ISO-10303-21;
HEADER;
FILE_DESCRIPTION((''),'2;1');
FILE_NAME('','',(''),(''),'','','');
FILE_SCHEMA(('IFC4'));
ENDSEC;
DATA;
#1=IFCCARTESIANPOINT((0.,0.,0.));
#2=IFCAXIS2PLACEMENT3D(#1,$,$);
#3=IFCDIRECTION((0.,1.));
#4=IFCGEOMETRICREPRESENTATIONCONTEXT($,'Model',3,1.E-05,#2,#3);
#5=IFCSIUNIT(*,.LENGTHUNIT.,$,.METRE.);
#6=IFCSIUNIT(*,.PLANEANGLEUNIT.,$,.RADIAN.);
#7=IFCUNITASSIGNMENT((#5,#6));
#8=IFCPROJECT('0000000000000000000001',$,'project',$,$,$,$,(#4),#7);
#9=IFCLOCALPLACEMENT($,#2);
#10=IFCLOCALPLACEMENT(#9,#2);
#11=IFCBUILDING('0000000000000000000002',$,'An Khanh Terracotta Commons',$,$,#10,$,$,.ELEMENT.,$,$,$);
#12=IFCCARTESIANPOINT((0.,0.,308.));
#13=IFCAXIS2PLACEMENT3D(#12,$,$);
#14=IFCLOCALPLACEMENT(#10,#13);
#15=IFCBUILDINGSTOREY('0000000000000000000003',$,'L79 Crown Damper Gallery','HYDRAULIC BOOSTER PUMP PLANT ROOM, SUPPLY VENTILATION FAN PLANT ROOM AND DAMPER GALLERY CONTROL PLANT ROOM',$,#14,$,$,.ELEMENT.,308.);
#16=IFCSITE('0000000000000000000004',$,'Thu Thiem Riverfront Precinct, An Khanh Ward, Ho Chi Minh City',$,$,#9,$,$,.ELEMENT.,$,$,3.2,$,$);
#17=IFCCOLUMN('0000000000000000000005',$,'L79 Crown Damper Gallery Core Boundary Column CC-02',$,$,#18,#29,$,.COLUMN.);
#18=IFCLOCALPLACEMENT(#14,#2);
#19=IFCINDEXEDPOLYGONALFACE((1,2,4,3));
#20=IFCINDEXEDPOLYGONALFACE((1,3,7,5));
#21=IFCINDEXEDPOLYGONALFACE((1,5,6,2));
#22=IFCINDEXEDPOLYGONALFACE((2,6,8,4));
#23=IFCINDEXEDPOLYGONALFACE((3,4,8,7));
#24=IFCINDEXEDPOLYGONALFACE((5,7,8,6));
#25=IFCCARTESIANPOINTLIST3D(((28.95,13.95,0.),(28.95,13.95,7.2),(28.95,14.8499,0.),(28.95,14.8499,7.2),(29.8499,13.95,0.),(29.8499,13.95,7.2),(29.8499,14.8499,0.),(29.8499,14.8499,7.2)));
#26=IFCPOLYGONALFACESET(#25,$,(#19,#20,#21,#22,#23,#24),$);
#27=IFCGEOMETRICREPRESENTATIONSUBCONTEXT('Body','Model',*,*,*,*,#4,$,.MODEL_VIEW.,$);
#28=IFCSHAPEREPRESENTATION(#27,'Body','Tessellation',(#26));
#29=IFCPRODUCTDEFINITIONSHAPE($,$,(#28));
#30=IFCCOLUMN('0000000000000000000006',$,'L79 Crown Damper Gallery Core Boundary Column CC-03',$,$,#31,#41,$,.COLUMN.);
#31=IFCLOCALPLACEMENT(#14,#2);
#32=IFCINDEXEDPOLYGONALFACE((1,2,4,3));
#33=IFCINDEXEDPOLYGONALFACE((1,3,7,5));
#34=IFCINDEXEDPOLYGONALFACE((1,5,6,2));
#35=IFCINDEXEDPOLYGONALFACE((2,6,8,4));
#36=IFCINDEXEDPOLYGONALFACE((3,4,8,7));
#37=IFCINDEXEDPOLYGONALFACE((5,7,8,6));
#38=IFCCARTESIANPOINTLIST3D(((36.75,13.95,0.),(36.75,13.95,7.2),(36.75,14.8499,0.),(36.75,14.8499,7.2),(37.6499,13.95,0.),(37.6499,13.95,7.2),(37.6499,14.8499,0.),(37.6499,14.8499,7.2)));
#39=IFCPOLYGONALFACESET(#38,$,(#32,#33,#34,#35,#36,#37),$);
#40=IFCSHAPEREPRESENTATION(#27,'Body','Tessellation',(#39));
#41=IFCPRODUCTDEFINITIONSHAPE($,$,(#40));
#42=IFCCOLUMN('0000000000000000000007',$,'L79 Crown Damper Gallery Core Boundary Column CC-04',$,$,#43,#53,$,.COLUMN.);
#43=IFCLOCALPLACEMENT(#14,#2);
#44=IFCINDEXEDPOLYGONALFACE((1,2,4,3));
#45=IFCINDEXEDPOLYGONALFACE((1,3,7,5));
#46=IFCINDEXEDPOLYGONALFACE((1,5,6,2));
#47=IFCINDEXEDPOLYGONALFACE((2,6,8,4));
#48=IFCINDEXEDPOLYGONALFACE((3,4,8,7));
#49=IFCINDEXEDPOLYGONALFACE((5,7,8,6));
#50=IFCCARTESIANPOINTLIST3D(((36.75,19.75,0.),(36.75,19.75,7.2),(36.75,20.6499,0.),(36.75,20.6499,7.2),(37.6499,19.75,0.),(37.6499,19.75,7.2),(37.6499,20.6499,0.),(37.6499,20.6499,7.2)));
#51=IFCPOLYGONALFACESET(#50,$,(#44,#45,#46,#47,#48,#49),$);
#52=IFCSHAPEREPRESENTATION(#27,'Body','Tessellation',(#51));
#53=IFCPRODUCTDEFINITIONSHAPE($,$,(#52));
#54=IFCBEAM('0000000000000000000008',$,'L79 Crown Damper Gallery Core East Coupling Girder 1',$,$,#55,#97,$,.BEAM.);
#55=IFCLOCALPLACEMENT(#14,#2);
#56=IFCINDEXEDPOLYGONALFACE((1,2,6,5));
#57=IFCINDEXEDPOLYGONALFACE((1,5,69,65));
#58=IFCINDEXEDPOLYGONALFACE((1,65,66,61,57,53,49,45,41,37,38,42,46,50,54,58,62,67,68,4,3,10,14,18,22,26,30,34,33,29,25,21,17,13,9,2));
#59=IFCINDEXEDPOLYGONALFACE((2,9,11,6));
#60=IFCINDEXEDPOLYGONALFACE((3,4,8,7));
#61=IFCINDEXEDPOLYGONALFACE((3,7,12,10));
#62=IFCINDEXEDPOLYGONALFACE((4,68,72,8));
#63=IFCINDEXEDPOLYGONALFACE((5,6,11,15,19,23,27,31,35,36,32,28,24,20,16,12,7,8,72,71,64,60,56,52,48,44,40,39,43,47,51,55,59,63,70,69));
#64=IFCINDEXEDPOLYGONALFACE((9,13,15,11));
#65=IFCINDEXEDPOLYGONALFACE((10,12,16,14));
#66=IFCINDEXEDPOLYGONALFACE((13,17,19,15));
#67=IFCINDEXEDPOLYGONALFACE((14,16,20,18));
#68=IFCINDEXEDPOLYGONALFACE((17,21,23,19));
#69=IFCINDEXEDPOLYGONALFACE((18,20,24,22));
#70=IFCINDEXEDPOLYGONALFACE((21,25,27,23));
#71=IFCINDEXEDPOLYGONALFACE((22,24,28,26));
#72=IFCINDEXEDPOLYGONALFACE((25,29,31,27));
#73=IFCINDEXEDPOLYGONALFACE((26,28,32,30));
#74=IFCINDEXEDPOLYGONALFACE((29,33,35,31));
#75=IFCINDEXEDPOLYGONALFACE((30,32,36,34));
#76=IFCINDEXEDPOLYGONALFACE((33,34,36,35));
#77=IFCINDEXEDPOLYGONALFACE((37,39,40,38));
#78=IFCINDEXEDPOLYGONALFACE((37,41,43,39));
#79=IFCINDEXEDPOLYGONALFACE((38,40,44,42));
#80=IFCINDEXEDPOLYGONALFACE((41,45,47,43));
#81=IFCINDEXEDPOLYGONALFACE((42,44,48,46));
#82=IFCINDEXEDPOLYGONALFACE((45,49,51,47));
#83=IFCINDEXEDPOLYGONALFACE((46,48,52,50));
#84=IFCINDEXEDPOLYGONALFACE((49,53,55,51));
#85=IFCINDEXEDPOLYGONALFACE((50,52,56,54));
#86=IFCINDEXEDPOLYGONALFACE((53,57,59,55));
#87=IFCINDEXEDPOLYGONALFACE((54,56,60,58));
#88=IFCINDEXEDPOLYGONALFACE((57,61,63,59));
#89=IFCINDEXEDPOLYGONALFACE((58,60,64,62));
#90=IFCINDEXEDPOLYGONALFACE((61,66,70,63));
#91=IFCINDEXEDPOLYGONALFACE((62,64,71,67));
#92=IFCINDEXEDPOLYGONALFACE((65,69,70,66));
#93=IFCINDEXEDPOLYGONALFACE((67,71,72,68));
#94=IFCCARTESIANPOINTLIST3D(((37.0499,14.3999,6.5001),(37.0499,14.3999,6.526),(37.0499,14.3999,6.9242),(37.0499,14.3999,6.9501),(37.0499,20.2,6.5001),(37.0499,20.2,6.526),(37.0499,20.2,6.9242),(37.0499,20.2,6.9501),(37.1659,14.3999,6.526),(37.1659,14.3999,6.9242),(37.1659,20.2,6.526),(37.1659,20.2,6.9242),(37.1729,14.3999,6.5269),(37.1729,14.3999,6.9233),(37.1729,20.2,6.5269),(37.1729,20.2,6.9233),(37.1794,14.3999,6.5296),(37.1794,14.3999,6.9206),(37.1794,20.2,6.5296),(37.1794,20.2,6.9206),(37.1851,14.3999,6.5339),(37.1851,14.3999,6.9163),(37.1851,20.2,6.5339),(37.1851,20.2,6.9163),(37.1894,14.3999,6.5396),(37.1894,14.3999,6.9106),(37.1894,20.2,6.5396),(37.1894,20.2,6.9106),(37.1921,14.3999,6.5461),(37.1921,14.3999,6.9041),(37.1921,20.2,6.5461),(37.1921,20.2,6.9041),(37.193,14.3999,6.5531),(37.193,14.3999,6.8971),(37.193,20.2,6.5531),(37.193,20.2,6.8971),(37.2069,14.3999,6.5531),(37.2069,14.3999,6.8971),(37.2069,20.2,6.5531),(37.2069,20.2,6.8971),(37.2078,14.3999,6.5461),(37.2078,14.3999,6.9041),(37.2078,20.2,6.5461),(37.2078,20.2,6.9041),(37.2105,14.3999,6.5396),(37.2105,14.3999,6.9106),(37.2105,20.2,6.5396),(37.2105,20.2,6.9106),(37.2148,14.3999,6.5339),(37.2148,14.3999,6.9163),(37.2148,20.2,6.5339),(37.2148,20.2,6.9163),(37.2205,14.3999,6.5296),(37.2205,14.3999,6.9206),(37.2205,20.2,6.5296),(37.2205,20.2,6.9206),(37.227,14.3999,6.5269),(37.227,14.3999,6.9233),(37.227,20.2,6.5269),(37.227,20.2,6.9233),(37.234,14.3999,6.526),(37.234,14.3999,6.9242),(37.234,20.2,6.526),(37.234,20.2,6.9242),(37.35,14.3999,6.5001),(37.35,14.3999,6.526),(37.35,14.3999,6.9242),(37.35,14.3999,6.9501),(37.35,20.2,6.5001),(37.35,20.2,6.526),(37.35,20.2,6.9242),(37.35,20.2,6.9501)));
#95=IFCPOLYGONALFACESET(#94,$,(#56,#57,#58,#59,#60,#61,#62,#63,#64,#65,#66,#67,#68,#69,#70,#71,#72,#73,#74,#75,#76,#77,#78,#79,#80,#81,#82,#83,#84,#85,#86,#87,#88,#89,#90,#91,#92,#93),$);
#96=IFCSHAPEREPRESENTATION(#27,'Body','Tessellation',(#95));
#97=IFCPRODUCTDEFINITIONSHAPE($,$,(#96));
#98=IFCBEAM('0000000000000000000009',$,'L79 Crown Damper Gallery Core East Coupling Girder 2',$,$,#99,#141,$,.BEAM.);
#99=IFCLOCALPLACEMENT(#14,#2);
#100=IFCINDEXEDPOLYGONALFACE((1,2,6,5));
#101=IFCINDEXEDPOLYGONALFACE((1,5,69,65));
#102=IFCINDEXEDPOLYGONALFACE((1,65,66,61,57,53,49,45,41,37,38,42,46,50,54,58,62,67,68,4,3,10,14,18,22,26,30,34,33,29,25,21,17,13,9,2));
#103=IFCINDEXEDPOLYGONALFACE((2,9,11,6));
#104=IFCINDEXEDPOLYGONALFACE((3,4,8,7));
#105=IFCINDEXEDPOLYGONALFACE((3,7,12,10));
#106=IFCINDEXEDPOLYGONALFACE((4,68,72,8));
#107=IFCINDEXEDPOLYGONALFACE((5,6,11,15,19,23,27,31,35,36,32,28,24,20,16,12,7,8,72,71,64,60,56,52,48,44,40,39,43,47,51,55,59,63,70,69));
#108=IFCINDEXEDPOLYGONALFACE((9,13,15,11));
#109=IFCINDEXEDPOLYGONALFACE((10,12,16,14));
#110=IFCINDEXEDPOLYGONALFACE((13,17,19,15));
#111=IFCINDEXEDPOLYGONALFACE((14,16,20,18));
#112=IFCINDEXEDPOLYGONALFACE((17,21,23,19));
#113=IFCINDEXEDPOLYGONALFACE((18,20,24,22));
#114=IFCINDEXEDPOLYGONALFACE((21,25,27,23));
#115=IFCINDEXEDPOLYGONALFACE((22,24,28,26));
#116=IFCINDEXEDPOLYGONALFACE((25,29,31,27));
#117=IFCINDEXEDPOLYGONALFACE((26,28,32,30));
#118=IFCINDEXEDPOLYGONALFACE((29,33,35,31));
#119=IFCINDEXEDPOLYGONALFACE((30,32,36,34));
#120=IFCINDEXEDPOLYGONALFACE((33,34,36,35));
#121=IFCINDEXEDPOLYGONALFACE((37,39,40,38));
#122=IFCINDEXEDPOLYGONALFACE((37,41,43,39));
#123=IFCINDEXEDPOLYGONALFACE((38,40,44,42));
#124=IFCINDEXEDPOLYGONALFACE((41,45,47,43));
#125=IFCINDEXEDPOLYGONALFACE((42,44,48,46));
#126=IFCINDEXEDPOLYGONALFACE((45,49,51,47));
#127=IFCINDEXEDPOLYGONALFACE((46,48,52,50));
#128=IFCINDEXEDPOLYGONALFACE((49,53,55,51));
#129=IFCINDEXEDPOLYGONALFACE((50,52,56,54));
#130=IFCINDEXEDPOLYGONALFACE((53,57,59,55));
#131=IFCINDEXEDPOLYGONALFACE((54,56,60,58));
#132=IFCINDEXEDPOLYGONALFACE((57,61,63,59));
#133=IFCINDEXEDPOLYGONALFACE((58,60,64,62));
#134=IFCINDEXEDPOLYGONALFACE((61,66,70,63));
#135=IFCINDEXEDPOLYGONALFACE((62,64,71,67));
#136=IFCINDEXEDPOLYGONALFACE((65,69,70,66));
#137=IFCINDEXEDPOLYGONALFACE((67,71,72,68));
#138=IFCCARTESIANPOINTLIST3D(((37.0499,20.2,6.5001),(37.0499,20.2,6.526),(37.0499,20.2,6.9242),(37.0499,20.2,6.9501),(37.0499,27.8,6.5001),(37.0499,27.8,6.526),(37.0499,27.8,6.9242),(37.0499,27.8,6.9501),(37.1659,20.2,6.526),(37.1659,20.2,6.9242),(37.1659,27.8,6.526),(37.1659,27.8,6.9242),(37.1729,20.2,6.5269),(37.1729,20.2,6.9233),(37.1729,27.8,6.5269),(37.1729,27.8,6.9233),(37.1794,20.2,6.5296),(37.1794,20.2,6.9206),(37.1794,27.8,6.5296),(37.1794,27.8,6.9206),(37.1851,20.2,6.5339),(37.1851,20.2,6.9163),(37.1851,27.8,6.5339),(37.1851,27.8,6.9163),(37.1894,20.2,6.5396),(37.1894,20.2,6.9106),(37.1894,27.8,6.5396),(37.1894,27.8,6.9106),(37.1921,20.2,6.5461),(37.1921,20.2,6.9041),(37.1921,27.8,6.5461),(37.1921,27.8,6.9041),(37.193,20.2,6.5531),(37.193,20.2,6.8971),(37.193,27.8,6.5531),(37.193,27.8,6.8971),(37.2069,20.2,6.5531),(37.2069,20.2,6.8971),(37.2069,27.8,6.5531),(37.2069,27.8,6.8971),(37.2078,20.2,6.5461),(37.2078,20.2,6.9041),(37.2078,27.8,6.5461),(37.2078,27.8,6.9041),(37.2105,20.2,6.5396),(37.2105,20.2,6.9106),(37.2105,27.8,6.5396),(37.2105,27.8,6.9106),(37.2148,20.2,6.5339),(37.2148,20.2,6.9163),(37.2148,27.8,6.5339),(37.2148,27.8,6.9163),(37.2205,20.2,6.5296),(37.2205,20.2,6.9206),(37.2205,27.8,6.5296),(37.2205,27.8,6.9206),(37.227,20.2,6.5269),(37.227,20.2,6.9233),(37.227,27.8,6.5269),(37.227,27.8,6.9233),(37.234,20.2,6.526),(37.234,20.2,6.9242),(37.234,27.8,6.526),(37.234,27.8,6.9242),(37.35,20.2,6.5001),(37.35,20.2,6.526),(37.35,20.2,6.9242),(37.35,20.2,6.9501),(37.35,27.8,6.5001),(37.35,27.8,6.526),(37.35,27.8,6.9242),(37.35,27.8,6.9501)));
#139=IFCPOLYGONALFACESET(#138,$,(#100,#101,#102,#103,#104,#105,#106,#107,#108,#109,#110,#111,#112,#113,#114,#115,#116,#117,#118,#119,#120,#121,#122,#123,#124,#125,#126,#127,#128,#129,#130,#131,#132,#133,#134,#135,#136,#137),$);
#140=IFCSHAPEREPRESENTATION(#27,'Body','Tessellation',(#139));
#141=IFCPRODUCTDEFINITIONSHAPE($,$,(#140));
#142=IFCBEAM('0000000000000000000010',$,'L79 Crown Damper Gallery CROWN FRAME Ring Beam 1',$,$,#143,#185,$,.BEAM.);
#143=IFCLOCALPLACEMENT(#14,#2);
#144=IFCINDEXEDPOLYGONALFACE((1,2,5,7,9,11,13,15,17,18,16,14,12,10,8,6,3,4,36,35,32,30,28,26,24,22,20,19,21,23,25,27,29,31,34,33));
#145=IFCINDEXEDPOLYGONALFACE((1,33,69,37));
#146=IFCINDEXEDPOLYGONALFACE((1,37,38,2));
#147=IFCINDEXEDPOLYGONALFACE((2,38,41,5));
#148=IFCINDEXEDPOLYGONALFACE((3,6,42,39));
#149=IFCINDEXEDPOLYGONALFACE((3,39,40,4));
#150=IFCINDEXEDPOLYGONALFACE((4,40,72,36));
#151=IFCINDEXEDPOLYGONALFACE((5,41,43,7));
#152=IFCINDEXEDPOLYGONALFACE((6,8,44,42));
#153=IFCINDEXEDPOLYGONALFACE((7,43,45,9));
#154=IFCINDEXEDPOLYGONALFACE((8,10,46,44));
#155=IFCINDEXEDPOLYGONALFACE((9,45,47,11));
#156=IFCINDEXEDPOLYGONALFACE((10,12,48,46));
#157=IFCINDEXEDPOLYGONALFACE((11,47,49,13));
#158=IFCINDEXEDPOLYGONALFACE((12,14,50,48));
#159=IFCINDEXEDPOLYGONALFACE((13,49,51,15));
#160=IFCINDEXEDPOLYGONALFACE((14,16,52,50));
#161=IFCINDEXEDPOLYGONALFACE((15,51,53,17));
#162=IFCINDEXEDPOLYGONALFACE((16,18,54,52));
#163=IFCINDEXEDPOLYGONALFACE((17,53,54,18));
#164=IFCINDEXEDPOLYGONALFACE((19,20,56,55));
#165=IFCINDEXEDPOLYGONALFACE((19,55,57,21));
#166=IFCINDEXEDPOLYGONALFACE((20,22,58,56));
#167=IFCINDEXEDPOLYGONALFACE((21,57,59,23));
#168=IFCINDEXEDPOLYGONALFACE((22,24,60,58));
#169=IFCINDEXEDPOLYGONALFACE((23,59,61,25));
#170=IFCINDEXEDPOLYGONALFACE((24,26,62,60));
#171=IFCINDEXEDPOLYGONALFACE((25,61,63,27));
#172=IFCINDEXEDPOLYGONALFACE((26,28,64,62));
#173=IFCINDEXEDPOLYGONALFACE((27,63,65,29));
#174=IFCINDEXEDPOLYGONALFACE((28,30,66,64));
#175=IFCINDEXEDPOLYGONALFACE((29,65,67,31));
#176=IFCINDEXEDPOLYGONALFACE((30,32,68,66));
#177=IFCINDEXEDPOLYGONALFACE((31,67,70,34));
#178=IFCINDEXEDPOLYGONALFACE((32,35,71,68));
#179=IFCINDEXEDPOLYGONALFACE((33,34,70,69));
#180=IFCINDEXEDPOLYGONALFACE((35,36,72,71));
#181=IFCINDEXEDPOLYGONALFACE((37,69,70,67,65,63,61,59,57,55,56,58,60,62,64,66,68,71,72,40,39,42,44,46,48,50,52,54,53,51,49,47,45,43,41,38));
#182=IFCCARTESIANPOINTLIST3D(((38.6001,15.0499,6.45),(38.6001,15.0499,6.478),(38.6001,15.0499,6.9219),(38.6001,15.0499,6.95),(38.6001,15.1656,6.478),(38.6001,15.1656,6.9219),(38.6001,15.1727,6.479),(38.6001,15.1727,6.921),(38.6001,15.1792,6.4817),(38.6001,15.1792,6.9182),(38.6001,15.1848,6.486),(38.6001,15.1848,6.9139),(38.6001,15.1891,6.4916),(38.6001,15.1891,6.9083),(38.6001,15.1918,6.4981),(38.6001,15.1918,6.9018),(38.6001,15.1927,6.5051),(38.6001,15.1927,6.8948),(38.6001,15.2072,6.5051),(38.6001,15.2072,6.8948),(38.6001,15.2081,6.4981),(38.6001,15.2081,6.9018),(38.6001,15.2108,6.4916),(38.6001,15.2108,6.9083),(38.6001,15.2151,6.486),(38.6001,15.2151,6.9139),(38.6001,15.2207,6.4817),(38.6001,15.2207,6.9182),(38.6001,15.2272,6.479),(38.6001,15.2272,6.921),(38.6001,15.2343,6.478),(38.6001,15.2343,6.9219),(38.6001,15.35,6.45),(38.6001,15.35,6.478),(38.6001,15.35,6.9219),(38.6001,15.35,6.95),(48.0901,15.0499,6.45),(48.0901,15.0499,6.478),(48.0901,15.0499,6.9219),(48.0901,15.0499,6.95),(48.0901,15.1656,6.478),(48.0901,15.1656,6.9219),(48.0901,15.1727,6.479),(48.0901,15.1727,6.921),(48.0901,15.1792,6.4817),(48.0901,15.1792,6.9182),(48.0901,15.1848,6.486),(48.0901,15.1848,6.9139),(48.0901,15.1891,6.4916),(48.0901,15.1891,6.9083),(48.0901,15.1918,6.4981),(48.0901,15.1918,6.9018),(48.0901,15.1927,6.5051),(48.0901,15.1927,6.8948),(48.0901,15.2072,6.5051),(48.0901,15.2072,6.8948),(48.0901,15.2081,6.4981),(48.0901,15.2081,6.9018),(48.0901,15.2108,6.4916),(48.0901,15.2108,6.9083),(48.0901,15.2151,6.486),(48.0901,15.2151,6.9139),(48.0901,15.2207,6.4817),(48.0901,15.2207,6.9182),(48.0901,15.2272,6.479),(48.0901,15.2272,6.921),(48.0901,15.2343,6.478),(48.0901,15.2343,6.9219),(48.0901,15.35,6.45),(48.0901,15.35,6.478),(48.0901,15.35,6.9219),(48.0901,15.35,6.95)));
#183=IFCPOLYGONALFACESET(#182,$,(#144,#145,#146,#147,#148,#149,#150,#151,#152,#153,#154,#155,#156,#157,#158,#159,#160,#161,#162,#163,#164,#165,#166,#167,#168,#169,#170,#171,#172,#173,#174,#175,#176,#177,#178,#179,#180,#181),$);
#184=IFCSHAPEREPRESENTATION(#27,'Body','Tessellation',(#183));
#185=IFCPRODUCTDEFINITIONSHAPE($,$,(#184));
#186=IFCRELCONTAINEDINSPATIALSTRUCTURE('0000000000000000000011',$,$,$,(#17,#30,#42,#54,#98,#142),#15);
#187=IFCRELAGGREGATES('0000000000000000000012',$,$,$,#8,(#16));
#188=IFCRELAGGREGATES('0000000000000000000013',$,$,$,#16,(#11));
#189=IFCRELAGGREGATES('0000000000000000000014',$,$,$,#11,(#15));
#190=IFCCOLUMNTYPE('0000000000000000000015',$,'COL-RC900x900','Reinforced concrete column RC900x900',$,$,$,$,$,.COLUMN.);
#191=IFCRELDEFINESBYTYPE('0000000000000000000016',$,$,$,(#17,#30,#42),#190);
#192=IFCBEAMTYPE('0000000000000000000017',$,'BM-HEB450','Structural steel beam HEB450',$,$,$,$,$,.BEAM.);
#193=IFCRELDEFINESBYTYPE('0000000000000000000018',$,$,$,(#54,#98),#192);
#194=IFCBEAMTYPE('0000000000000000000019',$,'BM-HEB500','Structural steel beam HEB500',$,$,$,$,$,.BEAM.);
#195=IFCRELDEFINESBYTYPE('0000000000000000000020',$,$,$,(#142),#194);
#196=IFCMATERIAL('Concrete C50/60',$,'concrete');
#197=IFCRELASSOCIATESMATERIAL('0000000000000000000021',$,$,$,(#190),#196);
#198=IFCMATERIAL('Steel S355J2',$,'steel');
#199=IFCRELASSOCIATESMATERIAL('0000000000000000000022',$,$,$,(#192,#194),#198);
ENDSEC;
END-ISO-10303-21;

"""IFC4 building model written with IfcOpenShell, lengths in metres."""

from ifc_helpers import new_model, si_unit, direction, frame, origin, origin_2d, place, context, subcontext, project, spatial, rectangle, i_section, extrude, material, material_profile, profile_set, type_object, element, save


model = new_model("IFC4")

# Units and contexts
model_context = context("Model", 3, precision=1e-05, world=origin(), true_north=direction((0.0, 1.0)))
body_context = subcontext(model_context, "Body", "Model", "MODEL_VIEW")
ifc_project = project(units=[si_unit("LENGTHUNIT", "METRE"), si_unit("PLANEANGLEUNIT", "RADIAN")], contexts=[model_context])

# Site, building, storey
site_placement = place(None, origin())
site = spatial("IfcSite", under=ifc_project, at=site_placement, Name="Thu Thiem Riverfront Precinct, An Khanh Ward, Ho Chi Minh City", CompositionType="ELEMENT", RefElevation=3.2)
building_placement = place(site_placement, origin())
building = spatial("IfcBuilding", under=site, at=building_placement, Name="An Khanh Terracotta Commons", CompositionType="ELEMENT")
storey_placement = place(building_placement, frame((0.0, 0.0, 308.0)))
storey = spatial("IfcBuildingStorey", under=building, at=storey_placement, Name="L79 Crown Damper Gallery", Description="HYDRAULIC BOOSTER PUMP PLANT ROOM, SUPPLY VENTILATION FAN PLANT ROOM AND DAMPER GALLERY CONTROL PLANT ROOM", CompositionType="ELEMENT", Elevation=308.0)

# Columns
ifc_material_1 = material(Name="Concrete C50/60", Category="concrete")
ifc_material_profile_1 = material_profile(ifc_material_1, rectangle(XDim=0.8999, YDim=0.8999, at=origin_2d()), Name="RC900x900")
ifc_profile_set_1 = profile_set([ifc_material_profile_1], Name="Concrete C50/60")
column_type = type_object("IfcColumnType", Name="COL-RC900x900", Description="Reinforced concrete column RC900x900", PredefinedType="COLUMN", material=ifc_profile_set_1)
for number, where, z_axis, x_axis, name in (
    (1, (29.3999, 14.3999, 0.0), (0.0, 0.0, 1.0), (1.0, 0.0, 0.0), "L79 Crown Damper Gallery Core Boundary Column CC-02"),
    (2, (37.2, 14.3999, 0.0), (0.0, 0.0, 1.0), (1.0, 0.0, 0.0), "L79 Crown Damper Gallery Core Boundary Column CC-03"),
    (3, (37.2, 20.2, 0.0), (0.0, 0.0, 1.0), (1.0, 0.0, 0.0), "L79 Crown Damper Gallery Core Boundary Column CC-04"),
):
    element("IfcColumn", number, at=place(storey_placement, frame(where, z_axis=z_axis, x_axis=x_axis)), inside=storey, type_object=column_type, Name=name, PredefinedType="COLUMN", context=body_context, shape_type="SweptSolid", body=[
        extrude(rectangle(XDim=0.8999, YDim=0.8999, at=origin_2d()), origin(), (0.0, 0.0, 1.0), 7.2),
    ])

# Beams
ifc_material_2 = material(Name="Steel S355J2", Category="steel")
ifc_material_profile_2 = material_profile(ifc_material_2, i_section(OverallWidth=0.3, OverallDepth=0.45, WebThickness=0.0139, FlangeThickness=0.0259, FilletRadius=0.0271, at=origin_2d()), Name="HEB450")
ifc_profile_set_2 = profile_set([ifc_material_profile_2], Name="Steel S355J2")
beam_type_1 = type_object("IfcBeamType", Name="BM-HEB450", Description="Structural steel beam HEB450", PredefinedType="BEAM", material=ifc_profile_set_2)
beam_1_placement = place(storey_placement, frame((37.2, 14.3999, 6.7251), z_axis=(0.0, 1.0, 0.0), x_axis=(-1.0, 0.0, 0.0)))
element("IfcBeam", 4, at=beam_1_placement, inside=storey, type_object=beam_type_1, Name="L79 Crown Damper Gallery Core East Coupling Girder 1", PredefinedType="BEAM", context=body_context, shape_type="SweptSolid", body=[
    extrude(i_section(OverallWidth=0.3, OverallDepth=0.45, WebThickness=0.0139, FlangeThickness=0.0259, FilletRadius=0.0271, at=origin_2d()), origin(), (0.0, 0.0, 1.0), 5.8),
])
beam_2_placement = place(storey_placement, frame((37.2, 20.2, 6.7251), z_axis=(0.0, 1.0, 0.0), x_axis=(-1.0, 0.0, 0.0)))
element("IfcBeam", 5, at=beam_2_placement, inside=storey, type_object=beam_type_1, Name="L79 Crown Damper Gallery Core East Coupling Girder 2", PredefinedType="BEAM", context=body_context, shape_type="SweptSolid", body=[
    extrude(i_section(OverallWidth=0.3, OverallDepth=0.45, WebThickness=0.0139, FlangeThickness=0.0259, FilletRadius=0.0271, at=origin_2d()), origin(), (0.0, 0.0, 1.0), 7.6001),
])
ifc_material_profile_3 = material_profile(ifc_material_2, i_section(OverallWidth=0.3, OverallDepth=0.5, WebThickness=0.0144, FlangeThickness=0.0281, FilletRadius=0.0271, at=origin_2d()), Name="HEB500")
ifc_profile_set_3 = profile_set([ifc_material_profile_3], Name="Steel S355J2")
beam_type_2 = type_object("IfcBeamType", Name="BM-HEB500", Description="Structural steel beam HEB500", PredefinedType="BEAM", material=ifc_profile_set_3)
beam_3_placement = place(storey_placement, frame((38.6001, 15.2, 6.7), z_axis=(1.0, 0.0, 0.0), x_axis=(0.0, 1.0, 0.0)))
element("IfcBeam", 6, at=beam_3_placement, inside=storey, type_object=beam_type_2, Name="L79 Crown Damper Gallery CROWN FRAME Ring Beam 1", PredefinedType="BEAM", context=body_context, shape_type="SweptSolid", body=[
    extrude(i_section(OverallWidth=0.3, OverallDepth=0.5, WebThickness=0.0144, FlangeThickness=0.0281, FilletRadius=0.0271, at=origin_2d()), origin(), (0.0, 0.0, 1.0), 9.49),
])

save(model, "model.ifc")
